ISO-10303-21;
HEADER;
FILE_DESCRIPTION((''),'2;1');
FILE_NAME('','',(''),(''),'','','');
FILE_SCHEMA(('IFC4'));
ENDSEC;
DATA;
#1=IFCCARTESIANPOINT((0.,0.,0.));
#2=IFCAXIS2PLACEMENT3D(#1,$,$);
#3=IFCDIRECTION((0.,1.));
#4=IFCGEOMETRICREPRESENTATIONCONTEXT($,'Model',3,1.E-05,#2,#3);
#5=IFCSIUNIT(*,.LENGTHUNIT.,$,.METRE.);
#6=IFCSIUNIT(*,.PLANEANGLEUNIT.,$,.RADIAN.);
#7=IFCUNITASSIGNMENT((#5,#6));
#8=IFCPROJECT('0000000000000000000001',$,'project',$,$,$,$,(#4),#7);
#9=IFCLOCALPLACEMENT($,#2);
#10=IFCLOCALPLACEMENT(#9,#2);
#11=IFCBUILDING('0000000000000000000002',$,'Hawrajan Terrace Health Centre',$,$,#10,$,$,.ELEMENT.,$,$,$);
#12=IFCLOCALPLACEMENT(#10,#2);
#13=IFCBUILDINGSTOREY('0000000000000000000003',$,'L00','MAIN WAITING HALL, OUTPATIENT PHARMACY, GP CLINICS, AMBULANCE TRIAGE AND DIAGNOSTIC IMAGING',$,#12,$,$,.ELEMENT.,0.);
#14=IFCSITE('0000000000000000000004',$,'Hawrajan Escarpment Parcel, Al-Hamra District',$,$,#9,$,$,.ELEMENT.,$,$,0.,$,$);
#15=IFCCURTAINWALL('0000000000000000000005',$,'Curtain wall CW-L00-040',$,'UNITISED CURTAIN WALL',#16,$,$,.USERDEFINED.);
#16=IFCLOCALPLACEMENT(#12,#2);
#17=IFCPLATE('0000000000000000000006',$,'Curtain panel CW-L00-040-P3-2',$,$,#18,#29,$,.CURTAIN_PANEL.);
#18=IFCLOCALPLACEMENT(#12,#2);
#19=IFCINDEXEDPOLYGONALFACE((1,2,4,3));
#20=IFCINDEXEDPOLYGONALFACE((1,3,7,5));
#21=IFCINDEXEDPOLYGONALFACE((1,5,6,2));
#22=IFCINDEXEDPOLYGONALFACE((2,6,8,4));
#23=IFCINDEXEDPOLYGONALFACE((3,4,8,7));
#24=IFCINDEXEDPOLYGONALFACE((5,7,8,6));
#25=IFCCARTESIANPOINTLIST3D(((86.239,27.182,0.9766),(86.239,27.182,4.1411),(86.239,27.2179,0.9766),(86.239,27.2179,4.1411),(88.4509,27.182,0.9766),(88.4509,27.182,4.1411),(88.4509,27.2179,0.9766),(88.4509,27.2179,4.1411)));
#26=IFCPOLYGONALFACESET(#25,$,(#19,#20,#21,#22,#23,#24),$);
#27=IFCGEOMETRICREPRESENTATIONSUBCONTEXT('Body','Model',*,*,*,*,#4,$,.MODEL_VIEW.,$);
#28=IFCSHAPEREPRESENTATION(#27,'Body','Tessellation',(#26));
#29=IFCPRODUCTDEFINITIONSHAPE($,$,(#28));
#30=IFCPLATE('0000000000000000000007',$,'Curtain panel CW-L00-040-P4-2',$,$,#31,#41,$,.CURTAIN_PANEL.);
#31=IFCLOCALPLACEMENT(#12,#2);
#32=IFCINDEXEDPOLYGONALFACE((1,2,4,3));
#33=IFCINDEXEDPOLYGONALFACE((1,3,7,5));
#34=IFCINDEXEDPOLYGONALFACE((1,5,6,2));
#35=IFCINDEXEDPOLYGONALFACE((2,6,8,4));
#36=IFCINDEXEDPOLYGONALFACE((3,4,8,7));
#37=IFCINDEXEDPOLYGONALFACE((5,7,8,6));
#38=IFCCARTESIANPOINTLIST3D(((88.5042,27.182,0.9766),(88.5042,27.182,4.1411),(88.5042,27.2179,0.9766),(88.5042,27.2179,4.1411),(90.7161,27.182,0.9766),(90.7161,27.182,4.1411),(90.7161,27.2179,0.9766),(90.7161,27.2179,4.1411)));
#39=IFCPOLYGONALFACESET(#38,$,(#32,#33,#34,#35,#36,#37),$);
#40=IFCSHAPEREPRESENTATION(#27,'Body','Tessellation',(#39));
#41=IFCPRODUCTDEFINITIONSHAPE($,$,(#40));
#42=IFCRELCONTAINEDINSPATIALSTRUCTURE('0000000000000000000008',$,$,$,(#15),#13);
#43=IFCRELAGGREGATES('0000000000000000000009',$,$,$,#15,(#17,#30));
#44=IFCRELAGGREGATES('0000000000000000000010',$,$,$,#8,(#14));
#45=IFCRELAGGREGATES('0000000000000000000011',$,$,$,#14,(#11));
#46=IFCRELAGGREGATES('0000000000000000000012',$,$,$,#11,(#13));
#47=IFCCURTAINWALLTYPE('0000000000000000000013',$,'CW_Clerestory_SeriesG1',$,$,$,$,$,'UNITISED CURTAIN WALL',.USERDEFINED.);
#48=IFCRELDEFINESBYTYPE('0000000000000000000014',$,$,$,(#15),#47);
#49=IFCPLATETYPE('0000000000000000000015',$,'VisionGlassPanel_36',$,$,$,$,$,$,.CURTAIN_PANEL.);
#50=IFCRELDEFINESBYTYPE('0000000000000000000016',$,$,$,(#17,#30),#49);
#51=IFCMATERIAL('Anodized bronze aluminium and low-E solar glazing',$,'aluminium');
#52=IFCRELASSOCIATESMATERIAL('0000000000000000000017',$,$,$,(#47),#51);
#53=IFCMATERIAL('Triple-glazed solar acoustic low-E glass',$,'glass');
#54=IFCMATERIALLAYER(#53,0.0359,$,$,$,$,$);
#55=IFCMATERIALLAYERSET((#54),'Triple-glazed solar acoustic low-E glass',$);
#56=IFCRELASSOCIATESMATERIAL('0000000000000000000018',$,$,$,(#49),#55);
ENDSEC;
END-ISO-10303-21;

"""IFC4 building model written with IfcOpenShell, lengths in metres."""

from ifc_helpers import new_model, si_unit, direction, frame, origin, origin_2d, place, context, subcontext, project, spatial, rectangle, extrude, material, layer, layer_set, type_object, element, aggregate, save


model = new_model("IFC4")

# Units and contexts
model_context = context("Model", 3, precision=1e-05, world=origin(), true_north=direction((0.0, 1.0)))
body_context = subcontext(model_context, "Body", "Model", "MODEL_VIEW")
ifc_project = project(units=[si_unit("LENGTHUNIT", "METRE"), si_unit("PLANEANGLEUNIT", "RADIAN")], contexts=[model_context])

# Site, building, storey
site_placement = place(None, origin())
site = spatial("IfcSite", under=ifc_project, at=site_placement, Name="Hawrajan Escarpment Parcel, Al-Hamra District", CompositionType="ELEMENT", RefElevation=0.0)
building_placement = place(site_placement, origin())
building = spatial("IfcBuilding", under=site, at=building_placement, Name="Hawrajan Terrace Health Centre", CompositionType="ELEMENT")
storey_placement = place(building_placement, origin())
storey = spatial("IfcBuildingStorey", under=building, at=storey_placement, Name="L00", Description="MAIN WAITING HALL, OUTPATIENT PHARMACY, GP CLINICS, AMBULANCE TRIAGE AND DIAGNOSTIC IMAGING", CompositionType="ELEMENT", Elevation=0.0)

# Curtain wall, plates
ifc_material_1 = material(Name="Anodized bronze aluminium and low-E solar glazing", Category="aluminium")
curtain_wall_type = type_object("IfcCurtainWallType", Name="CW_Clerestory_SeriesG1", ElementType="UNITISED CURTAIN WALL", PredefinedType="USERDEFINED", material=ifc_material_1)
curtain_wall_placement = place(storey_placement, origin())
curtain_wall = element("IfcCurtainWall", 1, at=curtain_wall_placement, inside=storey, type_object=curtain_wall_type, Name="Curtain wall CW-L00-040", ObjectType="UNITISED CURTAIN WALL", PredefinedType="USERDEFINED")
ifc_material_2 = material(Name="Triple-glazed solar acoustic low-E glass", Category="glass")
ifc_layer_1 = layer(ifc_material_2, 0.0359)
ifc_layer_set_1 = layer_set([ifc_layer_1], Name="Triple-glazed solar acoustic low-E glass")
plate_type_1 = type_object("IfcPlateType", Name="VisionGlassPanel_36", PredefinedType="CURTAIN_PANEL", material=ifc_layer_set_1)
plate_1_placement = place(storey_placement, frame((87.345, 27.2, 0.9766), z_axis=(0.0, 0.0, 1.0), x_axis=(1.0, 0.0, 0.0)))
plate_1 = element("IfcPlate", 2, at=plate_1_placement, type_object=plate_type_1, Name="Curtain panel CW-L00-040-P3-2", PredefinedType="CURTAIN_PANEL", context=body_context, shape_type="SweptSolid", body=[
    extrude(rectangle(XDim=2.2119, YDim=0.0359, at=origin_2d()), origin(), (0.0, 0.0, 1.0), 3.1646),
])
plate_2_placement = place(storey_placement, frame((89.6101, 27.2, 0.9766), z_axis=(0.0, 0.0, 1.0), x_axis=(1.0, 0.0, 0.0)))
plate_2 = element("IfcPlate", 3, at=plate_2_placement, type_object=plate_type_1, Name="Curtain panel CW-L00-040-P4-2", PredefinedType="CURTAIN_PANEL", context=body_context, shape_type="SweptSolid", body=[
    extrude(rectangle(XDim=2.2119, YDim=0.0359, at=origin_2d()), origin(), (0.0, 0.0, 1.0), 3.1646),
])
aggregate(curtain_wall, [plate_1, plate_2])

save(model, "model.ifc")
